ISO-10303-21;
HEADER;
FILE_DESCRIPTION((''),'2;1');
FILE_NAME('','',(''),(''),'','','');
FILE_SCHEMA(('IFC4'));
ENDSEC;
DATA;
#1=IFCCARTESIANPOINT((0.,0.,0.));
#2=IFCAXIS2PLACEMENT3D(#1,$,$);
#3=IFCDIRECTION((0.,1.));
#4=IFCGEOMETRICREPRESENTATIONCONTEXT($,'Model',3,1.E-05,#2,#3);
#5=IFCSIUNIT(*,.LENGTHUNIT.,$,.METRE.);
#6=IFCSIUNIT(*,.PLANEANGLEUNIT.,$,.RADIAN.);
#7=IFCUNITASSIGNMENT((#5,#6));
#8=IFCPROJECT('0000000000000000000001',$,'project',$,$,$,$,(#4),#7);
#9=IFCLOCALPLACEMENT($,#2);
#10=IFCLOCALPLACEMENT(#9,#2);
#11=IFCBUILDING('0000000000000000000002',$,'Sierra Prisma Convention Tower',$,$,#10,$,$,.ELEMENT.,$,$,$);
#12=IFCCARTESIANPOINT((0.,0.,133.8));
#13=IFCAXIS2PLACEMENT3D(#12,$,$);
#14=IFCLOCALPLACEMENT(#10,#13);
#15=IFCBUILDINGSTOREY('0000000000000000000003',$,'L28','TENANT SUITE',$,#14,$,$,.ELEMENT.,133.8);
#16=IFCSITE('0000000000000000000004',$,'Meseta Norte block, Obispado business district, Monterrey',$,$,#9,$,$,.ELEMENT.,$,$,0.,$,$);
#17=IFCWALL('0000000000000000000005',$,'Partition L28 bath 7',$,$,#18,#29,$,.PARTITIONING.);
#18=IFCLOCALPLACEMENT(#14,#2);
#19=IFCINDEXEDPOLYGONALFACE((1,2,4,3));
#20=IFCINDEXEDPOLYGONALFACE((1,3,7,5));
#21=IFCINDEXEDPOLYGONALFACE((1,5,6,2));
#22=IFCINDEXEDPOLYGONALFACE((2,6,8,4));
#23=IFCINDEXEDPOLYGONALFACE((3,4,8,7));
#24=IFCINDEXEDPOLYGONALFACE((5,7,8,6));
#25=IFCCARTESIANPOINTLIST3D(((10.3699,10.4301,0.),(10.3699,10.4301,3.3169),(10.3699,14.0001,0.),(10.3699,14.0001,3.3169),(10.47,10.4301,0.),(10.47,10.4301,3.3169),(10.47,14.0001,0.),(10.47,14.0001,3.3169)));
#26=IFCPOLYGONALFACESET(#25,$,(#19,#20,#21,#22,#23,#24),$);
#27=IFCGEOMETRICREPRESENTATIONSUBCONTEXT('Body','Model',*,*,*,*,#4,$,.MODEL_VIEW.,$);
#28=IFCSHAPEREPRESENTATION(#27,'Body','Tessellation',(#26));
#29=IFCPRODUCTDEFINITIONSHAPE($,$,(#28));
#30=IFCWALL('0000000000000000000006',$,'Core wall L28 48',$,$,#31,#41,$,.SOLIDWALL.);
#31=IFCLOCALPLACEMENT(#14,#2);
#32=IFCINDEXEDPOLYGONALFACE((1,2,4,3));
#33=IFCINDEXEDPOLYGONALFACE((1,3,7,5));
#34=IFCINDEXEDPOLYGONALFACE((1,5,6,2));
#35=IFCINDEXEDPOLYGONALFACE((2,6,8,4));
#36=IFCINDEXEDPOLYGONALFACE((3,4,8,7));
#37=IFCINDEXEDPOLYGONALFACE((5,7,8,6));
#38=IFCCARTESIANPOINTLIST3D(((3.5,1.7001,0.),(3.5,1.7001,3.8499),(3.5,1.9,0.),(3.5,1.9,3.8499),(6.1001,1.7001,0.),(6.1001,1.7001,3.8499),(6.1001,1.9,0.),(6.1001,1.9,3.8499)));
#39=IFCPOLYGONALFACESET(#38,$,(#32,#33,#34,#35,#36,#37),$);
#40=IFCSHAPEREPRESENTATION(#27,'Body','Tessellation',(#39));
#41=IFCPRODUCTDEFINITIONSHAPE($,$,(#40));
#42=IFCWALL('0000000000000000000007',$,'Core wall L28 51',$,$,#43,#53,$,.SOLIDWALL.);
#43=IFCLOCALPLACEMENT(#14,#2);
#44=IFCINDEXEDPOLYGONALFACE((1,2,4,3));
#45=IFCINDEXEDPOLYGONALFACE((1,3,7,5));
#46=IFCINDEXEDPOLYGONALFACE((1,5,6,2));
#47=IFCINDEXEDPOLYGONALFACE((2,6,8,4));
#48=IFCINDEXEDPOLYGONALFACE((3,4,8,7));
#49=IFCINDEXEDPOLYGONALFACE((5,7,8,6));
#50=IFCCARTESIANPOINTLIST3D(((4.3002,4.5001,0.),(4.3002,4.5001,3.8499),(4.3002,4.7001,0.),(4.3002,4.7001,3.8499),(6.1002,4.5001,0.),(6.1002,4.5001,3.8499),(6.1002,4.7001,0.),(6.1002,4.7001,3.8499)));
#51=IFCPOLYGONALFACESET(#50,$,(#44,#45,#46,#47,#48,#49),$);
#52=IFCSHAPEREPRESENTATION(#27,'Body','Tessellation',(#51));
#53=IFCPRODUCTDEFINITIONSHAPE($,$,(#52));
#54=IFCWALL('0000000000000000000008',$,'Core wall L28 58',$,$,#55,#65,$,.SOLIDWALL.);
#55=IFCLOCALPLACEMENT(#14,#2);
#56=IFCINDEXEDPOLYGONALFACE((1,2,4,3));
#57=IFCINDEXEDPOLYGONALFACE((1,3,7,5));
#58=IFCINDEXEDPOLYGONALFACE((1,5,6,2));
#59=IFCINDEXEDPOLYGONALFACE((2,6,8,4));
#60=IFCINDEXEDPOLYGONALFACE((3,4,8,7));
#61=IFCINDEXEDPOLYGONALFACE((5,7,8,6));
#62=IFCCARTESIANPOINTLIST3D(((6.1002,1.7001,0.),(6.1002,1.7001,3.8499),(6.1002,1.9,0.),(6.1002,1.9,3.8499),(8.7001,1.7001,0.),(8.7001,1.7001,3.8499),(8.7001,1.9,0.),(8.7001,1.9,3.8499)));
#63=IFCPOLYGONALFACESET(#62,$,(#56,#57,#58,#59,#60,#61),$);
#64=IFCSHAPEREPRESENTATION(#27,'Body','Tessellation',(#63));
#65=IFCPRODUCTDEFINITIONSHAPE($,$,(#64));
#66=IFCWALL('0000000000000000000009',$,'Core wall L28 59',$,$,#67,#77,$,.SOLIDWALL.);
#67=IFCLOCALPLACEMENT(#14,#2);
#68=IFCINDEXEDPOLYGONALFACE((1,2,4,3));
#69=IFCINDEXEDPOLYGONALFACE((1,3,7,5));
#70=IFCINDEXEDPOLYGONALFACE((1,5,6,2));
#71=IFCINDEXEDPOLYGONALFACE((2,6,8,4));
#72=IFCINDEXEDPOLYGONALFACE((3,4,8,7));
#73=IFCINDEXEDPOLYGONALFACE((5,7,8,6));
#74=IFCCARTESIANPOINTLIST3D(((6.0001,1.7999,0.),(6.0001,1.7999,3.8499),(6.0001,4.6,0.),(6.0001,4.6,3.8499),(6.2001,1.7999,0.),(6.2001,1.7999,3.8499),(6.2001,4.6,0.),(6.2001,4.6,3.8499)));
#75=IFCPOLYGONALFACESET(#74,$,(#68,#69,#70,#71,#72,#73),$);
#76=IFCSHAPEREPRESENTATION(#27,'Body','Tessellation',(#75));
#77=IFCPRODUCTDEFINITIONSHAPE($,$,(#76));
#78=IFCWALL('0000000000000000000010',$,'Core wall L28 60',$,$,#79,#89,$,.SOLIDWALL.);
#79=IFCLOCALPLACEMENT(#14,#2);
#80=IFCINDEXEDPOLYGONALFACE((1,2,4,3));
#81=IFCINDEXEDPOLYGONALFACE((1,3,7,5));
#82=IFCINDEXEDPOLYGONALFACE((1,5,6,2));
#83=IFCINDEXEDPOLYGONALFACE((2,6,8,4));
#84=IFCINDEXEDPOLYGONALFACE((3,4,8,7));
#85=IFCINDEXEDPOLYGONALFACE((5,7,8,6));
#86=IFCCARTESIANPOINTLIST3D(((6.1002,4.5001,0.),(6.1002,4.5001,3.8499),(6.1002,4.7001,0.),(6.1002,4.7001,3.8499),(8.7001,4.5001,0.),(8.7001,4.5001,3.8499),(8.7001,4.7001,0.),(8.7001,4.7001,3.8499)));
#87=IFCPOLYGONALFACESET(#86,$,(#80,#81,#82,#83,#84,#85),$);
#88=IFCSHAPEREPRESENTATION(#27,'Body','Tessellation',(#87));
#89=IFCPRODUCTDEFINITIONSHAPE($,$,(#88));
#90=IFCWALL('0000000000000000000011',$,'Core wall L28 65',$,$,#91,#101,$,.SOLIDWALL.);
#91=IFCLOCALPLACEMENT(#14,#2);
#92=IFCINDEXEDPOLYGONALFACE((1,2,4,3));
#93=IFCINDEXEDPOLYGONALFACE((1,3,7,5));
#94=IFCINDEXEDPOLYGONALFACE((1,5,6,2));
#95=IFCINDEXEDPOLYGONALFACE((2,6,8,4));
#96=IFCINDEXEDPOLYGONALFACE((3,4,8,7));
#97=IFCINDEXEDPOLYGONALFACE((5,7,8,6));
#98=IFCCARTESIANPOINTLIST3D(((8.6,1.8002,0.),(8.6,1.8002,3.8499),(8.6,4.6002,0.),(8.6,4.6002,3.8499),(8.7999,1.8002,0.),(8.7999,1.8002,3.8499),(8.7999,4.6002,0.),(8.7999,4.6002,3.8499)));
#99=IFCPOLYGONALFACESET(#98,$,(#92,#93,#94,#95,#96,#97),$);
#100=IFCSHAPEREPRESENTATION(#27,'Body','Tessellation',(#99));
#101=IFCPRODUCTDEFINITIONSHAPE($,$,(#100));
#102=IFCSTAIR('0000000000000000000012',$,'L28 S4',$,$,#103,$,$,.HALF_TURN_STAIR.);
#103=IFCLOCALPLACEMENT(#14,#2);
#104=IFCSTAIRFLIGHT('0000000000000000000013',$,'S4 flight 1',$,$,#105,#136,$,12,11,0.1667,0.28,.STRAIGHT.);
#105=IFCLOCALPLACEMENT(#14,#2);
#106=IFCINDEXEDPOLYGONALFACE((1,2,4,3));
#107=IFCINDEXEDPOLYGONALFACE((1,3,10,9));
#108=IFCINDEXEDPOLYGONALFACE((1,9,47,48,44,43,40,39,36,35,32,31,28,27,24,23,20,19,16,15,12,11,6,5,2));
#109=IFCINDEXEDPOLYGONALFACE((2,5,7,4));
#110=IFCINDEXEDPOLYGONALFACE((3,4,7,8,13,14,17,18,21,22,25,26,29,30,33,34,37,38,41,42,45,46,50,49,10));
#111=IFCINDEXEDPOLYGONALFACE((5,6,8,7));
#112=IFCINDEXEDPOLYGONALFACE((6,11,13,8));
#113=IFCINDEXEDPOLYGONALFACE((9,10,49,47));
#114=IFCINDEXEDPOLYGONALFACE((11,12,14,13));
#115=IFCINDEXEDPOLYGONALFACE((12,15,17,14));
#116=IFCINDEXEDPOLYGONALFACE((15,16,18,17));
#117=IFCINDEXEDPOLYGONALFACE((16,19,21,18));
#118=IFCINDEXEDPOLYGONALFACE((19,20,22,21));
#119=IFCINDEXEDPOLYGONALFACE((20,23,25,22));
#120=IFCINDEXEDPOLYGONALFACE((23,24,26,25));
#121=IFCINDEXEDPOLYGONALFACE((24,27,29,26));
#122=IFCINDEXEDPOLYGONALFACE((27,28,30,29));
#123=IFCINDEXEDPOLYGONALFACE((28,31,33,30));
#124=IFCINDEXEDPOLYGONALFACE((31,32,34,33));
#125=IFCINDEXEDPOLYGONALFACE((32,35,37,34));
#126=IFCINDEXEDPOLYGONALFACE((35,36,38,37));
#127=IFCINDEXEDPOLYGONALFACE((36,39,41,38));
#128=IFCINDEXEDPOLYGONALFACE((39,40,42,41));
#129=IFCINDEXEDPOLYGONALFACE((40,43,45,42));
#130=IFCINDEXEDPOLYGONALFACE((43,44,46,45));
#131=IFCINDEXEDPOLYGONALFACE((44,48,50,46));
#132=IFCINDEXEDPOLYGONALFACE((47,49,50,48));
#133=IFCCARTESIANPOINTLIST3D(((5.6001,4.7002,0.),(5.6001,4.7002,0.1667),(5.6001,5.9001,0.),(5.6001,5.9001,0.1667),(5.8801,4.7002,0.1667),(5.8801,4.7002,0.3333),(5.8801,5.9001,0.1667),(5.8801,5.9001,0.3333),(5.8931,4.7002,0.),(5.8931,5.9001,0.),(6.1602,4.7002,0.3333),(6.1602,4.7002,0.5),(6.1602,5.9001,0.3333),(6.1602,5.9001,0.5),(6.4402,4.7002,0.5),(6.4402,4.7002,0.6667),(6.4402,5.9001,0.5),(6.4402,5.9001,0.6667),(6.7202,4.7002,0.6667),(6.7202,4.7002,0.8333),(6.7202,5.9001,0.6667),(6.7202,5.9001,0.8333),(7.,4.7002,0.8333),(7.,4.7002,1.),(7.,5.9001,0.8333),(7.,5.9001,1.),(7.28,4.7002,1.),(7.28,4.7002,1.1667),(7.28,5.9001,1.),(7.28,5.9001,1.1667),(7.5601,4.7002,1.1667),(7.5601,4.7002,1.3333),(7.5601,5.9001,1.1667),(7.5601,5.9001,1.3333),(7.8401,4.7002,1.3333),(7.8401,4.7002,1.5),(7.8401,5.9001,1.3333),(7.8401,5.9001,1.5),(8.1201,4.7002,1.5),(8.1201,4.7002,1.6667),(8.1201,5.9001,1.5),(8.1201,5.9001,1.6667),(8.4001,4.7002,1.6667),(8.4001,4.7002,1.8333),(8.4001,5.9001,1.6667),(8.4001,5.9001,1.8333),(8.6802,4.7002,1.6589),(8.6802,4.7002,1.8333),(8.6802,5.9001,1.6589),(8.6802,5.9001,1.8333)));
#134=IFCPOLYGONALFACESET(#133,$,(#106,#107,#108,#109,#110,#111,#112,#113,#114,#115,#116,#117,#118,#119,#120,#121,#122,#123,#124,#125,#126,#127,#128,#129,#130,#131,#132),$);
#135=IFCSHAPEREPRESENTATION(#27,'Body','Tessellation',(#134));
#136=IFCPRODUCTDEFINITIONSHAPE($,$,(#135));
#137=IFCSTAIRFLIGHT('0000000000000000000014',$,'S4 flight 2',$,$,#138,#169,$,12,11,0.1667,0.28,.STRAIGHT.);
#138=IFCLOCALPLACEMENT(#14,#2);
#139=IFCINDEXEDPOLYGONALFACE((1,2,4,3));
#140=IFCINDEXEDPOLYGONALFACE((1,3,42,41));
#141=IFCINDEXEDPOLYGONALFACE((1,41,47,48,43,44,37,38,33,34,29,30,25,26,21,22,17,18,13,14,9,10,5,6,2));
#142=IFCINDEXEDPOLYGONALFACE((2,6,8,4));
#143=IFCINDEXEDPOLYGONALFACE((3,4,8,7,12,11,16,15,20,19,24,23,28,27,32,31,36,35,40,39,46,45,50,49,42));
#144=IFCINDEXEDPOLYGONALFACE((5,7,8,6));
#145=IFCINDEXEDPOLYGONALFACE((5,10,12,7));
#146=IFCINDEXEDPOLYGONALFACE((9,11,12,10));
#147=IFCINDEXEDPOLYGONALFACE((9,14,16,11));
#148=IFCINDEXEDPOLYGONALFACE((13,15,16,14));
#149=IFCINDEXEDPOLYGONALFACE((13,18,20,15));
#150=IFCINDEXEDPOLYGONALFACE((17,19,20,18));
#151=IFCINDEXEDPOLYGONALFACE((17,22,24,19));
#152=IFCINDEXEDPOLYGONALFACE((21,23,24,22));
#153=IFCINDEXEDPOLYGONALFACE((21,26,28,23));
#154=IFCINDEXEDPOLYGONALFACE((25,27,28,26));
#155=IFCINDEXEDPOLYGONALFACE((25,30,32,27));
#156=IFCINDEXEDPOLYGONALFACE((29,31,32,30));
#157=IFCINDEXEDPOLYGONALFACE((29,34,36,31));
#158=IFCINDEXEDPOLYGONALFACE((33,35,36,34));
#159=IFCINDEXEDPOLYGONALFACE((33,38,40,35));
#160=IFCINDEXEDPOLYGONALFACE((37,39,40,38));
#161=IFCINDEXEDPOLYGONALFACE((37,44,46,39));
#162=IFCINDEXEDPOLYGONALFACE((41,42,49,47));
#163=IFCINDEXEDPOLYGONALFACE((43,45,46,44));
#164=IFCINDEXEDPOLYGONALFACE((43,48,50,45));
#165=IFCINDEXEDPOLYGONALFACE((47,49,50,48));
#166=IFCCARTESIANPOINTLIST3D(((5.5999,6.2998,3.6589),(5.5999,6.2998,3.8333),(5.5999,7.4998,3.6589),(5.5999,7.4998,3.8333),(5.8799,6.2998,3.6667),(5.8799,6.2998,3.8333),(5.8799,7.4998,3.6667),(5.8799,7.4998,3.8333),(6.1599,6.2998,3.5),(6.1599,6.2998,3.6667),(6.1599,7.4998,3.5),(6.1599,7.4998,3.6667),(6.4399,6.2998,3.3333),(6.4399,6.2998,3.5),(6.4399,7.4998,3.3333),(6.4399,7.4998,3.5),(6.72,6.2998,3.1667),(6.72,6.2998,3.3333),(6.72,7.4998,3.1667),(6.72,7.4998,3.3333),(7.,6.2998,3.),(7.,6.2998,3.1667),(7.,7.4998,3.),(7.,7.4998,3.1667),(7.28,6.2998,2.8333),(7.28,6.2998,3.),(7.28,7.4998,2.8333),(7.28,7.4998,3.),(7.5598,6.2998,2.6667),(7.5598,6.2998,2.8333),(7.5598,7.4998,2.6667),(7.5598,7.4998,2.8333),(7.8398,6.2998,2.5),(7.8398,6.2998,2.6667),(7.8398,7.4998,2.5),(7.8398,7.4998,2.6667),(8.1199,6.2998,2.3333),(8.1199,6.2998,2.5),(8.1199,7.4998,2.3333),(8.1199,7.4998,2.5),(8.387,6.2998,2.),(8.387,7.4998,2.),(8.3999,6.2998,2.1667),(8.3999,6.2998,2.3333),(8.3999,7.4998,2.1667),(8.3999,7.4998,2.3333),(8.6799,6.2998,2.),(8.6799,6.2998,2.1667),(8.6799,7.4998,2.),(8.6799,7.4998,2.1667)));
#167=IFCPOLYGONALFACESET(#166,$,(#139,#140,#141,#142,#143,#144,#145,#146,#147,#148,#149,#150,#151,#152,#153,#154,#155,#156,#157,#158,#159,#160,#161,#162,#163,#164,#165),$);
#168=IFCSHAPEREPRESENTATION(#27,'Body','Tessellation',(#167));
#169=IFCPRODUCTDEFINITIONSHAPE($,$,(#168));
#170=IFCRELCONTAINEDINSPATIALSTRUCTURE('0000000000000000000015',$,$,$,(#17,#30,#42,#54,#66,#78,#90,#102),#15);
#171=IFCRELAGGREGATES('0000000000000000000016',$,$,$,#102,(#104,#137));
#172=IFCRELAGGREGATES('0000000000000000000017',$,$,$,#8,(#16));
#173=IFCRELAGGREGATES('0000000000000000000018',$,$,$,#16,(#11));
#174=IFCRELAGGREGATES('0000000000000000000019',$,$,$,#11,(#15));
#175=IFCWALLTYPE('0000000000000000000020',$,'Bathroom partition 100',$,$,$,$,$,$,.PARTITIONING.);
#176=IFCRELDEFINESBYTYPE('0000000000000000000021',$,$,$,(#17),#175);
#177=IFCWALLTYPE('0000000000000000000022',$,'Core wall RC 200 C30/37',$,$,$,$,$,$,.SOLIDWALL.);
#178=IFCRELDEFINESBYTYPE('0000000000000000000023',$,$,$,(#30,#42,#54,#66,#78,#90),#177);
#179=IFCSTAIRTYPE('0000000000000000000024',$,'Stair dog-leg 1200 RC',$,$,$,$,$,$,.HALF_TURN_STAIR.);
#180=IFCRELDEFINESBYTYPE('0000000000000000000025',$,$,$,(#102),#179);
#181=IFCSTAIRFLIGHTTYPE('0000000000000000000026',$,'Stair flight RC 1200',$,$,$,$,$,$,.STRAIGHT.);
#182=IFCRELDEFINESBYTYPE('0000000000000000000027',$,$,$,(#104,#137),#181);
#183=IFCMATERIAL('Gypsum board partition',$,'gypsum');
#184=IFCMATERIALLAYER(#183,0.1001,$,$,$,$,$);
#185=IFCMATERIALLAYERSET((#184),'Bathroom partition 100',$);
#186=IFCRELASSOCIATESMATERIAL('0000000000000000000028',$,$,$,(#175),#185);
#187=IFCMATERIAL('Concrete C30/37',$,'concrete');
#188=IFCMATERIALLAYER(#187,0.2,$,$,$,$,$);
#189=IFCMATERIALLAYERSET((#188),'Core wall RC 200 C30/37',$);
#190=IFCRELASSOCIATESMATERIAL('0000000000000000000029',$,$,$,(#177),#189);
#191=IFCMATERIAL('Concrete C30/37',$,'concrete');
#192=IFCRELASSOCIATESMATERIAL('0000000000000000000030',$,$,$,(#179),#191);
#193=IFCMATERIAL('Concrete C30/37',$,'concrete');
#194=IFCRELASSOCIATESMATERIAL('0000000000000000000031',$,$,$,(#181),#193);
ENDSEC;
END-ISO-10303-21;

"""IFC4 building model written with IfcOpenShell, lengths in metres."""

from ifc_helpers import new_model, si_unit, direction, frame, frame_2d, origin, place, context, subcontext, project, spatial, polyline, rectangle, outline, extrude, material, layer, layer_set, type_object, element, aggregate, save


model = new_model("IFC4")

# Units and contexts
model_context = context("Model", 3, precision=1e-05, world=origin(), true_north=direction((0.0, 1.0)))
body_context = subcontext(model_context, "Body", "Model", "MODEL_VIEW")
ifc_project = project(units=[si_unit("LENGTHUNIT", "METRE"), si_unit("PLANEANGLEUNIT", "RADIAN")], contexts=[model_context])

# Site, building, storey
site_placement = place(None, origin())
site = spatial("IfcSite", under=ifc_project, at=site_placement, Name="Meseta Norte block, Obispado business district, Monterrey", CompositionType="ELEMENT", RefElevation=0.0)
building_placement = place(site_placement, origin())
building = spatial("IfcBuilding", under=site, at=building_placement, Name="Sierra Prisma Convention Tower", CompositionType="ELEMENT")
storey_placement = place(building_placement, frame((0.0, 0.0, 133.8)))
storey = spatial("IfcBuildingStorey", under=building, at=storey_placement, Name="L28", Description="TENANT SUITE", CompositionType="ELEMENT", Elevation=133.8)

# Walls
ifc_material_1 = material(Name="Gypsum board partition", Category="gypsum")
ifc_layer_1 = layer(ifc_material_1, 0.1001)
ifc_layer_set_1 = layer_set([ifc_layer_1], Name="Bathroom partition 100")
wall_type_1 = type_object("IfcWallType", Name="Bathroom partition 100", PredefinedType="PARTITIONING", material=ifc_layer_set_1)
wall_1_placement = place(storey_placement, frame((10.4199, 10.4299, 0.0), z_axis=(0.0, 0.0, 1.0), x_axis=(0.0, 1.0, 0.0)))
element("IfcWall", 1, at=wall_1_placement, inside=storey, type_object=wall_type_1, Name="Partition L28 bath 7", PredefinedType="PARTITIONING", context=body_context, shape_type="SweptSolid", body=[
    extrude(rectangle(XDim=3.5701, YDim=0.1001, at=frame_2d((1.7852, 0.0))), origin(), (0.0, 0.0, 1.0), 3.3169),
])
ifc_material_2 = material(Name="Concrete C30/37", Category="concrete")
ifc_layer_2 = layer(ifc_material_2, 0.2)
ifc_layer_set_2 = layer_set([ifc_layer_2], Name="Core wall RC 200 C30/37")
wall_type_2 = type_object("IfcWallType", Name="Core wall RC 200 C30/37", PredefinedType="SOLIDWALL", material=ifc_layer_set_2)
wall_2_placement = place(storey_placement, frame((6.1001, 1.8, 0.0), z_axis=(0.0, 0.0, 1.0), x_axis=(-1.0, 0.0, 0.0)))
element("IfcWall", 2, at=wall_2_placement, inside=storey, type_object=wall_type_2, Name="Core wall L28 48", PredefinedType="SOLIDWALL", context=body_context, shape_type="SweptSolid", body=[
    extrude(rectangle(XDim=2.6001, YDim=0.2, at=frame_2d((1.3, 0.0))), origin(), (0.0, 0.0, 1.0), 3.8499),
])
wall_3_placement = place(storey_placement, frame((6.1001, 4.6001, 0.0), z_axis=(0.0, 0.0, 1.0), x_axis=(-1.0, 0.0, 0.0)))
element("IfcWall", 3, at=wall_3_placement, inside=storey, type_object=wall_type_2, Name="Core wall L28 51", PredefinedType="SOLIDWALL", context=body_context, shape_type="SweptSolid", body=[
    extrude(rectangle(XDim=1.8, YDim=0.2, at=frame_2d((0.8999, 0.0))), origin(), (0.0, 0.0, 1.0), 3.8499),
])

# Walls
wall_4_placement = place(storey_placement, frame((8.7, 1.8, 0.0), z_axis=(0.0, 0.0, 1.0), x_axis=(-1.0, 0.0, 0.0)))
element("IfcWall", 4, at=wall_4_placement, inside=storey, type_object=wall_type_2, Name="Core wall L28 58", PredefinedType="SOLIDWALL", context=body_context, shape_type="SweptSolid", body=[
    extrude(rectangle(XDim=2.5999, YDim=0.2, at=frame_2d((1.2998, 0.0))), origin(), (0.0, 0.0, 1.0), 3.8499),
])
wall_5_placement = place(storey_placement, frame((6.1001, 1.8, 0.0), z_axis=(0.0, 0.0, 1.0), x_axis=(0.0, 1.0, 0.0)))
element("IfcWall", 5, at=wall_5_placement, inside=storey, type_object=wall_type_2, Name="Core wall L28 59", PredefinedType="SOLIDWALL", context=body_context, shape_type="SweptSolid", body=[
    extrude(rectangle(XDim=2.8, YDim=0.2, at=frame_2d((1.3999, 0.0))), origin(), (0.0, 0.0, 1.0), 3.8499),
])
wall_6_placement = place(storey_placement, frame((8.7, 4.6001, 0.0), z_axis=(0.0, 0.0, 1.0), x_axis=(-1.0, 0.0, 0.0)))
element("IfcWall", 6, at=wall_6_placement, inside=storey, type_object=wall_type_2, Name="Core wall L28 60", PredefinedType="SOLIDWALL", context=body_context, shape_type="SweptSolid", body=[
    extrude(rectangle(XDim=2.5999, YDim=0.2, at=frame_2d((1.2998, 0.0))), origin(), (0.0, 0.0, 1.0), 3.8499),
])

# Wall
wall_7_placement = place(storey_placement, frame((8.7, 4.6001, 0.0), z_axis=(0.0, 0.0, 1.0), x_axis=(0.0, -1.0, 0.0)))
element("IfcWall", 7, at=wall_7_placement, inside=storey, type_object=wall_type_2, Name="Core wall L28 65", PredefinedType="SOLIDWALL", context=body_context, shape_type="SweptSolid", body=[
    extrude(rectangle(XDim=2.8, YDim=0.2, at=frame_2d((1.3999, 0.0))), origin(), (0.0, 0.0, 1.0), 3.8499),
])

# Stair, stair flights
ifc_material_3 = material(Name="Concrete C30/37", Category="concrete")
stair_type = type_object("IfcStairType", Name="Stair dog-leg 1200 RC", PredefinedType="HALF_TURN_STAIR", material=ifc_material_3)
stair_placement = place(storey_placement, origin())
stair = element("IfcStair", 8, at=stair_placement, inside=storey, type_object=stair_type, Name="L28 S4", PredefinedType="HALF_TURN_STAIR")
ifc_material_4 = material(Name="Concrete C30/37", Category="concrete")
stair_flight_type = type_object("IfcStairFlightType", Name="Stair flight RC 1200", PredefinedType="STRAIGHT", material=ifc_material_4)
stair_flight_1_placement = place(storey_placement, frame((5.6001, 5.3, 0.0), z_axis=(0.0, 0.0, 1.0), x_axis=(1.0, 0.0, 0.0)))
stair_flight_1 = element("IfcStairFlight", 9, at=stair_flight_1_placement, type_object=stair_flight_type, Name="S4 flight 1", NumberOfRisers=12, NumberOfTreads=11, PredefinedType="STRAIGHT", RiserHeight=0.1667, TreadLength=0.28, context=body_context, shape_type="SweptSolid", body=[
    extrude(outline(polyline([(0.0, 0.0), (0.0, 0.1667), (0.28, 0.1667), (0.28, 0.3333), (0.5601, 0.3333), (0.5601, 0.5), (0.8401, 0.5), (0.8401, 0.6667), (1.1201, 0.6667), (1.1201, 0.8333), (1.3999, 0.8333), (1.3999, 1.0), (1.6799, 1.0), (1.6799, 1.1667), (1.96, 1.1667), (1.96, 1.3333), (2.24, 1.3333), (2.24, 1.5), (2.52, 1.5), (2.52, 1.6667), (2.8, 1.6667), (2.8, 1.8333), (3.0801, 1.8333), (3.0801, 2.0), (3.0801, 1.6589), (0.293, 0.0), (0.0, 0.0)])), frame((0.0, 0.6001, 0.0), z_axis=(0.0, -1.0, 0.0), x_axis=(1.0, 0.0, 0.0)), (0.0, 0.0, 1.0), 1.2),
])
stair_flight_2_placement = place(storey_placement, frame((8.6799, 6.8999, 2.0), z_axis=(0.0, 0.0, 1.0), x_axis=(-1.0, 0.0, 0.0)))
stair_flight_2 = element("IfcStairFlight", 10, at=stair_flight_2_placement, type_object=stair_flight_type, Name="S4 flight 2", NumberOfRisers=12, NumberOfTreads=11, PredefinedType="STRAIGHT", RiserHeight=0.1667, TreadLength=0.28, context=body_context, shape_type="SweptSolid", body=[
    extrude(outline(polyline([(0.0, 0.0), (0.0, 0.1667), (0.28, 0.1667), (0.28, 0.3333), (0.5601, 0.3333), (0.5601, 0.5), (0.8401, 0.5), (0.8401, 0.6667), (1.1201, 0.6667), (1.1201, 0.8333), (1.3999, 0.8333), (1.3999, 1.0), (1.6799, 1.0), (1.6799, 1.1667), (1.96, 1.1667), (1.96, 1.3333), (2.24, 1.3333), (2.24, 1.5), (2.52, 1.5), (2.52, 1.6667), (2.8, 1.6667), (2.8, 1.8333), (3.0801, 1.8333), (3.0801, 2.0), (3.0801, 1.6589), (0.293, 0.0), (0.0, 0.0)])), frame((0.0, 0.6001, 0.0), z_axis=(0.0, -1.0, 0.0), x_axis=(1.0, 0.0, 0.0)), (0.0, 0.0, 1.0), 1.2),
])
aggregate(stair, [stair_flight_1, stair_flight_2])

save(model, "model.ifc")
